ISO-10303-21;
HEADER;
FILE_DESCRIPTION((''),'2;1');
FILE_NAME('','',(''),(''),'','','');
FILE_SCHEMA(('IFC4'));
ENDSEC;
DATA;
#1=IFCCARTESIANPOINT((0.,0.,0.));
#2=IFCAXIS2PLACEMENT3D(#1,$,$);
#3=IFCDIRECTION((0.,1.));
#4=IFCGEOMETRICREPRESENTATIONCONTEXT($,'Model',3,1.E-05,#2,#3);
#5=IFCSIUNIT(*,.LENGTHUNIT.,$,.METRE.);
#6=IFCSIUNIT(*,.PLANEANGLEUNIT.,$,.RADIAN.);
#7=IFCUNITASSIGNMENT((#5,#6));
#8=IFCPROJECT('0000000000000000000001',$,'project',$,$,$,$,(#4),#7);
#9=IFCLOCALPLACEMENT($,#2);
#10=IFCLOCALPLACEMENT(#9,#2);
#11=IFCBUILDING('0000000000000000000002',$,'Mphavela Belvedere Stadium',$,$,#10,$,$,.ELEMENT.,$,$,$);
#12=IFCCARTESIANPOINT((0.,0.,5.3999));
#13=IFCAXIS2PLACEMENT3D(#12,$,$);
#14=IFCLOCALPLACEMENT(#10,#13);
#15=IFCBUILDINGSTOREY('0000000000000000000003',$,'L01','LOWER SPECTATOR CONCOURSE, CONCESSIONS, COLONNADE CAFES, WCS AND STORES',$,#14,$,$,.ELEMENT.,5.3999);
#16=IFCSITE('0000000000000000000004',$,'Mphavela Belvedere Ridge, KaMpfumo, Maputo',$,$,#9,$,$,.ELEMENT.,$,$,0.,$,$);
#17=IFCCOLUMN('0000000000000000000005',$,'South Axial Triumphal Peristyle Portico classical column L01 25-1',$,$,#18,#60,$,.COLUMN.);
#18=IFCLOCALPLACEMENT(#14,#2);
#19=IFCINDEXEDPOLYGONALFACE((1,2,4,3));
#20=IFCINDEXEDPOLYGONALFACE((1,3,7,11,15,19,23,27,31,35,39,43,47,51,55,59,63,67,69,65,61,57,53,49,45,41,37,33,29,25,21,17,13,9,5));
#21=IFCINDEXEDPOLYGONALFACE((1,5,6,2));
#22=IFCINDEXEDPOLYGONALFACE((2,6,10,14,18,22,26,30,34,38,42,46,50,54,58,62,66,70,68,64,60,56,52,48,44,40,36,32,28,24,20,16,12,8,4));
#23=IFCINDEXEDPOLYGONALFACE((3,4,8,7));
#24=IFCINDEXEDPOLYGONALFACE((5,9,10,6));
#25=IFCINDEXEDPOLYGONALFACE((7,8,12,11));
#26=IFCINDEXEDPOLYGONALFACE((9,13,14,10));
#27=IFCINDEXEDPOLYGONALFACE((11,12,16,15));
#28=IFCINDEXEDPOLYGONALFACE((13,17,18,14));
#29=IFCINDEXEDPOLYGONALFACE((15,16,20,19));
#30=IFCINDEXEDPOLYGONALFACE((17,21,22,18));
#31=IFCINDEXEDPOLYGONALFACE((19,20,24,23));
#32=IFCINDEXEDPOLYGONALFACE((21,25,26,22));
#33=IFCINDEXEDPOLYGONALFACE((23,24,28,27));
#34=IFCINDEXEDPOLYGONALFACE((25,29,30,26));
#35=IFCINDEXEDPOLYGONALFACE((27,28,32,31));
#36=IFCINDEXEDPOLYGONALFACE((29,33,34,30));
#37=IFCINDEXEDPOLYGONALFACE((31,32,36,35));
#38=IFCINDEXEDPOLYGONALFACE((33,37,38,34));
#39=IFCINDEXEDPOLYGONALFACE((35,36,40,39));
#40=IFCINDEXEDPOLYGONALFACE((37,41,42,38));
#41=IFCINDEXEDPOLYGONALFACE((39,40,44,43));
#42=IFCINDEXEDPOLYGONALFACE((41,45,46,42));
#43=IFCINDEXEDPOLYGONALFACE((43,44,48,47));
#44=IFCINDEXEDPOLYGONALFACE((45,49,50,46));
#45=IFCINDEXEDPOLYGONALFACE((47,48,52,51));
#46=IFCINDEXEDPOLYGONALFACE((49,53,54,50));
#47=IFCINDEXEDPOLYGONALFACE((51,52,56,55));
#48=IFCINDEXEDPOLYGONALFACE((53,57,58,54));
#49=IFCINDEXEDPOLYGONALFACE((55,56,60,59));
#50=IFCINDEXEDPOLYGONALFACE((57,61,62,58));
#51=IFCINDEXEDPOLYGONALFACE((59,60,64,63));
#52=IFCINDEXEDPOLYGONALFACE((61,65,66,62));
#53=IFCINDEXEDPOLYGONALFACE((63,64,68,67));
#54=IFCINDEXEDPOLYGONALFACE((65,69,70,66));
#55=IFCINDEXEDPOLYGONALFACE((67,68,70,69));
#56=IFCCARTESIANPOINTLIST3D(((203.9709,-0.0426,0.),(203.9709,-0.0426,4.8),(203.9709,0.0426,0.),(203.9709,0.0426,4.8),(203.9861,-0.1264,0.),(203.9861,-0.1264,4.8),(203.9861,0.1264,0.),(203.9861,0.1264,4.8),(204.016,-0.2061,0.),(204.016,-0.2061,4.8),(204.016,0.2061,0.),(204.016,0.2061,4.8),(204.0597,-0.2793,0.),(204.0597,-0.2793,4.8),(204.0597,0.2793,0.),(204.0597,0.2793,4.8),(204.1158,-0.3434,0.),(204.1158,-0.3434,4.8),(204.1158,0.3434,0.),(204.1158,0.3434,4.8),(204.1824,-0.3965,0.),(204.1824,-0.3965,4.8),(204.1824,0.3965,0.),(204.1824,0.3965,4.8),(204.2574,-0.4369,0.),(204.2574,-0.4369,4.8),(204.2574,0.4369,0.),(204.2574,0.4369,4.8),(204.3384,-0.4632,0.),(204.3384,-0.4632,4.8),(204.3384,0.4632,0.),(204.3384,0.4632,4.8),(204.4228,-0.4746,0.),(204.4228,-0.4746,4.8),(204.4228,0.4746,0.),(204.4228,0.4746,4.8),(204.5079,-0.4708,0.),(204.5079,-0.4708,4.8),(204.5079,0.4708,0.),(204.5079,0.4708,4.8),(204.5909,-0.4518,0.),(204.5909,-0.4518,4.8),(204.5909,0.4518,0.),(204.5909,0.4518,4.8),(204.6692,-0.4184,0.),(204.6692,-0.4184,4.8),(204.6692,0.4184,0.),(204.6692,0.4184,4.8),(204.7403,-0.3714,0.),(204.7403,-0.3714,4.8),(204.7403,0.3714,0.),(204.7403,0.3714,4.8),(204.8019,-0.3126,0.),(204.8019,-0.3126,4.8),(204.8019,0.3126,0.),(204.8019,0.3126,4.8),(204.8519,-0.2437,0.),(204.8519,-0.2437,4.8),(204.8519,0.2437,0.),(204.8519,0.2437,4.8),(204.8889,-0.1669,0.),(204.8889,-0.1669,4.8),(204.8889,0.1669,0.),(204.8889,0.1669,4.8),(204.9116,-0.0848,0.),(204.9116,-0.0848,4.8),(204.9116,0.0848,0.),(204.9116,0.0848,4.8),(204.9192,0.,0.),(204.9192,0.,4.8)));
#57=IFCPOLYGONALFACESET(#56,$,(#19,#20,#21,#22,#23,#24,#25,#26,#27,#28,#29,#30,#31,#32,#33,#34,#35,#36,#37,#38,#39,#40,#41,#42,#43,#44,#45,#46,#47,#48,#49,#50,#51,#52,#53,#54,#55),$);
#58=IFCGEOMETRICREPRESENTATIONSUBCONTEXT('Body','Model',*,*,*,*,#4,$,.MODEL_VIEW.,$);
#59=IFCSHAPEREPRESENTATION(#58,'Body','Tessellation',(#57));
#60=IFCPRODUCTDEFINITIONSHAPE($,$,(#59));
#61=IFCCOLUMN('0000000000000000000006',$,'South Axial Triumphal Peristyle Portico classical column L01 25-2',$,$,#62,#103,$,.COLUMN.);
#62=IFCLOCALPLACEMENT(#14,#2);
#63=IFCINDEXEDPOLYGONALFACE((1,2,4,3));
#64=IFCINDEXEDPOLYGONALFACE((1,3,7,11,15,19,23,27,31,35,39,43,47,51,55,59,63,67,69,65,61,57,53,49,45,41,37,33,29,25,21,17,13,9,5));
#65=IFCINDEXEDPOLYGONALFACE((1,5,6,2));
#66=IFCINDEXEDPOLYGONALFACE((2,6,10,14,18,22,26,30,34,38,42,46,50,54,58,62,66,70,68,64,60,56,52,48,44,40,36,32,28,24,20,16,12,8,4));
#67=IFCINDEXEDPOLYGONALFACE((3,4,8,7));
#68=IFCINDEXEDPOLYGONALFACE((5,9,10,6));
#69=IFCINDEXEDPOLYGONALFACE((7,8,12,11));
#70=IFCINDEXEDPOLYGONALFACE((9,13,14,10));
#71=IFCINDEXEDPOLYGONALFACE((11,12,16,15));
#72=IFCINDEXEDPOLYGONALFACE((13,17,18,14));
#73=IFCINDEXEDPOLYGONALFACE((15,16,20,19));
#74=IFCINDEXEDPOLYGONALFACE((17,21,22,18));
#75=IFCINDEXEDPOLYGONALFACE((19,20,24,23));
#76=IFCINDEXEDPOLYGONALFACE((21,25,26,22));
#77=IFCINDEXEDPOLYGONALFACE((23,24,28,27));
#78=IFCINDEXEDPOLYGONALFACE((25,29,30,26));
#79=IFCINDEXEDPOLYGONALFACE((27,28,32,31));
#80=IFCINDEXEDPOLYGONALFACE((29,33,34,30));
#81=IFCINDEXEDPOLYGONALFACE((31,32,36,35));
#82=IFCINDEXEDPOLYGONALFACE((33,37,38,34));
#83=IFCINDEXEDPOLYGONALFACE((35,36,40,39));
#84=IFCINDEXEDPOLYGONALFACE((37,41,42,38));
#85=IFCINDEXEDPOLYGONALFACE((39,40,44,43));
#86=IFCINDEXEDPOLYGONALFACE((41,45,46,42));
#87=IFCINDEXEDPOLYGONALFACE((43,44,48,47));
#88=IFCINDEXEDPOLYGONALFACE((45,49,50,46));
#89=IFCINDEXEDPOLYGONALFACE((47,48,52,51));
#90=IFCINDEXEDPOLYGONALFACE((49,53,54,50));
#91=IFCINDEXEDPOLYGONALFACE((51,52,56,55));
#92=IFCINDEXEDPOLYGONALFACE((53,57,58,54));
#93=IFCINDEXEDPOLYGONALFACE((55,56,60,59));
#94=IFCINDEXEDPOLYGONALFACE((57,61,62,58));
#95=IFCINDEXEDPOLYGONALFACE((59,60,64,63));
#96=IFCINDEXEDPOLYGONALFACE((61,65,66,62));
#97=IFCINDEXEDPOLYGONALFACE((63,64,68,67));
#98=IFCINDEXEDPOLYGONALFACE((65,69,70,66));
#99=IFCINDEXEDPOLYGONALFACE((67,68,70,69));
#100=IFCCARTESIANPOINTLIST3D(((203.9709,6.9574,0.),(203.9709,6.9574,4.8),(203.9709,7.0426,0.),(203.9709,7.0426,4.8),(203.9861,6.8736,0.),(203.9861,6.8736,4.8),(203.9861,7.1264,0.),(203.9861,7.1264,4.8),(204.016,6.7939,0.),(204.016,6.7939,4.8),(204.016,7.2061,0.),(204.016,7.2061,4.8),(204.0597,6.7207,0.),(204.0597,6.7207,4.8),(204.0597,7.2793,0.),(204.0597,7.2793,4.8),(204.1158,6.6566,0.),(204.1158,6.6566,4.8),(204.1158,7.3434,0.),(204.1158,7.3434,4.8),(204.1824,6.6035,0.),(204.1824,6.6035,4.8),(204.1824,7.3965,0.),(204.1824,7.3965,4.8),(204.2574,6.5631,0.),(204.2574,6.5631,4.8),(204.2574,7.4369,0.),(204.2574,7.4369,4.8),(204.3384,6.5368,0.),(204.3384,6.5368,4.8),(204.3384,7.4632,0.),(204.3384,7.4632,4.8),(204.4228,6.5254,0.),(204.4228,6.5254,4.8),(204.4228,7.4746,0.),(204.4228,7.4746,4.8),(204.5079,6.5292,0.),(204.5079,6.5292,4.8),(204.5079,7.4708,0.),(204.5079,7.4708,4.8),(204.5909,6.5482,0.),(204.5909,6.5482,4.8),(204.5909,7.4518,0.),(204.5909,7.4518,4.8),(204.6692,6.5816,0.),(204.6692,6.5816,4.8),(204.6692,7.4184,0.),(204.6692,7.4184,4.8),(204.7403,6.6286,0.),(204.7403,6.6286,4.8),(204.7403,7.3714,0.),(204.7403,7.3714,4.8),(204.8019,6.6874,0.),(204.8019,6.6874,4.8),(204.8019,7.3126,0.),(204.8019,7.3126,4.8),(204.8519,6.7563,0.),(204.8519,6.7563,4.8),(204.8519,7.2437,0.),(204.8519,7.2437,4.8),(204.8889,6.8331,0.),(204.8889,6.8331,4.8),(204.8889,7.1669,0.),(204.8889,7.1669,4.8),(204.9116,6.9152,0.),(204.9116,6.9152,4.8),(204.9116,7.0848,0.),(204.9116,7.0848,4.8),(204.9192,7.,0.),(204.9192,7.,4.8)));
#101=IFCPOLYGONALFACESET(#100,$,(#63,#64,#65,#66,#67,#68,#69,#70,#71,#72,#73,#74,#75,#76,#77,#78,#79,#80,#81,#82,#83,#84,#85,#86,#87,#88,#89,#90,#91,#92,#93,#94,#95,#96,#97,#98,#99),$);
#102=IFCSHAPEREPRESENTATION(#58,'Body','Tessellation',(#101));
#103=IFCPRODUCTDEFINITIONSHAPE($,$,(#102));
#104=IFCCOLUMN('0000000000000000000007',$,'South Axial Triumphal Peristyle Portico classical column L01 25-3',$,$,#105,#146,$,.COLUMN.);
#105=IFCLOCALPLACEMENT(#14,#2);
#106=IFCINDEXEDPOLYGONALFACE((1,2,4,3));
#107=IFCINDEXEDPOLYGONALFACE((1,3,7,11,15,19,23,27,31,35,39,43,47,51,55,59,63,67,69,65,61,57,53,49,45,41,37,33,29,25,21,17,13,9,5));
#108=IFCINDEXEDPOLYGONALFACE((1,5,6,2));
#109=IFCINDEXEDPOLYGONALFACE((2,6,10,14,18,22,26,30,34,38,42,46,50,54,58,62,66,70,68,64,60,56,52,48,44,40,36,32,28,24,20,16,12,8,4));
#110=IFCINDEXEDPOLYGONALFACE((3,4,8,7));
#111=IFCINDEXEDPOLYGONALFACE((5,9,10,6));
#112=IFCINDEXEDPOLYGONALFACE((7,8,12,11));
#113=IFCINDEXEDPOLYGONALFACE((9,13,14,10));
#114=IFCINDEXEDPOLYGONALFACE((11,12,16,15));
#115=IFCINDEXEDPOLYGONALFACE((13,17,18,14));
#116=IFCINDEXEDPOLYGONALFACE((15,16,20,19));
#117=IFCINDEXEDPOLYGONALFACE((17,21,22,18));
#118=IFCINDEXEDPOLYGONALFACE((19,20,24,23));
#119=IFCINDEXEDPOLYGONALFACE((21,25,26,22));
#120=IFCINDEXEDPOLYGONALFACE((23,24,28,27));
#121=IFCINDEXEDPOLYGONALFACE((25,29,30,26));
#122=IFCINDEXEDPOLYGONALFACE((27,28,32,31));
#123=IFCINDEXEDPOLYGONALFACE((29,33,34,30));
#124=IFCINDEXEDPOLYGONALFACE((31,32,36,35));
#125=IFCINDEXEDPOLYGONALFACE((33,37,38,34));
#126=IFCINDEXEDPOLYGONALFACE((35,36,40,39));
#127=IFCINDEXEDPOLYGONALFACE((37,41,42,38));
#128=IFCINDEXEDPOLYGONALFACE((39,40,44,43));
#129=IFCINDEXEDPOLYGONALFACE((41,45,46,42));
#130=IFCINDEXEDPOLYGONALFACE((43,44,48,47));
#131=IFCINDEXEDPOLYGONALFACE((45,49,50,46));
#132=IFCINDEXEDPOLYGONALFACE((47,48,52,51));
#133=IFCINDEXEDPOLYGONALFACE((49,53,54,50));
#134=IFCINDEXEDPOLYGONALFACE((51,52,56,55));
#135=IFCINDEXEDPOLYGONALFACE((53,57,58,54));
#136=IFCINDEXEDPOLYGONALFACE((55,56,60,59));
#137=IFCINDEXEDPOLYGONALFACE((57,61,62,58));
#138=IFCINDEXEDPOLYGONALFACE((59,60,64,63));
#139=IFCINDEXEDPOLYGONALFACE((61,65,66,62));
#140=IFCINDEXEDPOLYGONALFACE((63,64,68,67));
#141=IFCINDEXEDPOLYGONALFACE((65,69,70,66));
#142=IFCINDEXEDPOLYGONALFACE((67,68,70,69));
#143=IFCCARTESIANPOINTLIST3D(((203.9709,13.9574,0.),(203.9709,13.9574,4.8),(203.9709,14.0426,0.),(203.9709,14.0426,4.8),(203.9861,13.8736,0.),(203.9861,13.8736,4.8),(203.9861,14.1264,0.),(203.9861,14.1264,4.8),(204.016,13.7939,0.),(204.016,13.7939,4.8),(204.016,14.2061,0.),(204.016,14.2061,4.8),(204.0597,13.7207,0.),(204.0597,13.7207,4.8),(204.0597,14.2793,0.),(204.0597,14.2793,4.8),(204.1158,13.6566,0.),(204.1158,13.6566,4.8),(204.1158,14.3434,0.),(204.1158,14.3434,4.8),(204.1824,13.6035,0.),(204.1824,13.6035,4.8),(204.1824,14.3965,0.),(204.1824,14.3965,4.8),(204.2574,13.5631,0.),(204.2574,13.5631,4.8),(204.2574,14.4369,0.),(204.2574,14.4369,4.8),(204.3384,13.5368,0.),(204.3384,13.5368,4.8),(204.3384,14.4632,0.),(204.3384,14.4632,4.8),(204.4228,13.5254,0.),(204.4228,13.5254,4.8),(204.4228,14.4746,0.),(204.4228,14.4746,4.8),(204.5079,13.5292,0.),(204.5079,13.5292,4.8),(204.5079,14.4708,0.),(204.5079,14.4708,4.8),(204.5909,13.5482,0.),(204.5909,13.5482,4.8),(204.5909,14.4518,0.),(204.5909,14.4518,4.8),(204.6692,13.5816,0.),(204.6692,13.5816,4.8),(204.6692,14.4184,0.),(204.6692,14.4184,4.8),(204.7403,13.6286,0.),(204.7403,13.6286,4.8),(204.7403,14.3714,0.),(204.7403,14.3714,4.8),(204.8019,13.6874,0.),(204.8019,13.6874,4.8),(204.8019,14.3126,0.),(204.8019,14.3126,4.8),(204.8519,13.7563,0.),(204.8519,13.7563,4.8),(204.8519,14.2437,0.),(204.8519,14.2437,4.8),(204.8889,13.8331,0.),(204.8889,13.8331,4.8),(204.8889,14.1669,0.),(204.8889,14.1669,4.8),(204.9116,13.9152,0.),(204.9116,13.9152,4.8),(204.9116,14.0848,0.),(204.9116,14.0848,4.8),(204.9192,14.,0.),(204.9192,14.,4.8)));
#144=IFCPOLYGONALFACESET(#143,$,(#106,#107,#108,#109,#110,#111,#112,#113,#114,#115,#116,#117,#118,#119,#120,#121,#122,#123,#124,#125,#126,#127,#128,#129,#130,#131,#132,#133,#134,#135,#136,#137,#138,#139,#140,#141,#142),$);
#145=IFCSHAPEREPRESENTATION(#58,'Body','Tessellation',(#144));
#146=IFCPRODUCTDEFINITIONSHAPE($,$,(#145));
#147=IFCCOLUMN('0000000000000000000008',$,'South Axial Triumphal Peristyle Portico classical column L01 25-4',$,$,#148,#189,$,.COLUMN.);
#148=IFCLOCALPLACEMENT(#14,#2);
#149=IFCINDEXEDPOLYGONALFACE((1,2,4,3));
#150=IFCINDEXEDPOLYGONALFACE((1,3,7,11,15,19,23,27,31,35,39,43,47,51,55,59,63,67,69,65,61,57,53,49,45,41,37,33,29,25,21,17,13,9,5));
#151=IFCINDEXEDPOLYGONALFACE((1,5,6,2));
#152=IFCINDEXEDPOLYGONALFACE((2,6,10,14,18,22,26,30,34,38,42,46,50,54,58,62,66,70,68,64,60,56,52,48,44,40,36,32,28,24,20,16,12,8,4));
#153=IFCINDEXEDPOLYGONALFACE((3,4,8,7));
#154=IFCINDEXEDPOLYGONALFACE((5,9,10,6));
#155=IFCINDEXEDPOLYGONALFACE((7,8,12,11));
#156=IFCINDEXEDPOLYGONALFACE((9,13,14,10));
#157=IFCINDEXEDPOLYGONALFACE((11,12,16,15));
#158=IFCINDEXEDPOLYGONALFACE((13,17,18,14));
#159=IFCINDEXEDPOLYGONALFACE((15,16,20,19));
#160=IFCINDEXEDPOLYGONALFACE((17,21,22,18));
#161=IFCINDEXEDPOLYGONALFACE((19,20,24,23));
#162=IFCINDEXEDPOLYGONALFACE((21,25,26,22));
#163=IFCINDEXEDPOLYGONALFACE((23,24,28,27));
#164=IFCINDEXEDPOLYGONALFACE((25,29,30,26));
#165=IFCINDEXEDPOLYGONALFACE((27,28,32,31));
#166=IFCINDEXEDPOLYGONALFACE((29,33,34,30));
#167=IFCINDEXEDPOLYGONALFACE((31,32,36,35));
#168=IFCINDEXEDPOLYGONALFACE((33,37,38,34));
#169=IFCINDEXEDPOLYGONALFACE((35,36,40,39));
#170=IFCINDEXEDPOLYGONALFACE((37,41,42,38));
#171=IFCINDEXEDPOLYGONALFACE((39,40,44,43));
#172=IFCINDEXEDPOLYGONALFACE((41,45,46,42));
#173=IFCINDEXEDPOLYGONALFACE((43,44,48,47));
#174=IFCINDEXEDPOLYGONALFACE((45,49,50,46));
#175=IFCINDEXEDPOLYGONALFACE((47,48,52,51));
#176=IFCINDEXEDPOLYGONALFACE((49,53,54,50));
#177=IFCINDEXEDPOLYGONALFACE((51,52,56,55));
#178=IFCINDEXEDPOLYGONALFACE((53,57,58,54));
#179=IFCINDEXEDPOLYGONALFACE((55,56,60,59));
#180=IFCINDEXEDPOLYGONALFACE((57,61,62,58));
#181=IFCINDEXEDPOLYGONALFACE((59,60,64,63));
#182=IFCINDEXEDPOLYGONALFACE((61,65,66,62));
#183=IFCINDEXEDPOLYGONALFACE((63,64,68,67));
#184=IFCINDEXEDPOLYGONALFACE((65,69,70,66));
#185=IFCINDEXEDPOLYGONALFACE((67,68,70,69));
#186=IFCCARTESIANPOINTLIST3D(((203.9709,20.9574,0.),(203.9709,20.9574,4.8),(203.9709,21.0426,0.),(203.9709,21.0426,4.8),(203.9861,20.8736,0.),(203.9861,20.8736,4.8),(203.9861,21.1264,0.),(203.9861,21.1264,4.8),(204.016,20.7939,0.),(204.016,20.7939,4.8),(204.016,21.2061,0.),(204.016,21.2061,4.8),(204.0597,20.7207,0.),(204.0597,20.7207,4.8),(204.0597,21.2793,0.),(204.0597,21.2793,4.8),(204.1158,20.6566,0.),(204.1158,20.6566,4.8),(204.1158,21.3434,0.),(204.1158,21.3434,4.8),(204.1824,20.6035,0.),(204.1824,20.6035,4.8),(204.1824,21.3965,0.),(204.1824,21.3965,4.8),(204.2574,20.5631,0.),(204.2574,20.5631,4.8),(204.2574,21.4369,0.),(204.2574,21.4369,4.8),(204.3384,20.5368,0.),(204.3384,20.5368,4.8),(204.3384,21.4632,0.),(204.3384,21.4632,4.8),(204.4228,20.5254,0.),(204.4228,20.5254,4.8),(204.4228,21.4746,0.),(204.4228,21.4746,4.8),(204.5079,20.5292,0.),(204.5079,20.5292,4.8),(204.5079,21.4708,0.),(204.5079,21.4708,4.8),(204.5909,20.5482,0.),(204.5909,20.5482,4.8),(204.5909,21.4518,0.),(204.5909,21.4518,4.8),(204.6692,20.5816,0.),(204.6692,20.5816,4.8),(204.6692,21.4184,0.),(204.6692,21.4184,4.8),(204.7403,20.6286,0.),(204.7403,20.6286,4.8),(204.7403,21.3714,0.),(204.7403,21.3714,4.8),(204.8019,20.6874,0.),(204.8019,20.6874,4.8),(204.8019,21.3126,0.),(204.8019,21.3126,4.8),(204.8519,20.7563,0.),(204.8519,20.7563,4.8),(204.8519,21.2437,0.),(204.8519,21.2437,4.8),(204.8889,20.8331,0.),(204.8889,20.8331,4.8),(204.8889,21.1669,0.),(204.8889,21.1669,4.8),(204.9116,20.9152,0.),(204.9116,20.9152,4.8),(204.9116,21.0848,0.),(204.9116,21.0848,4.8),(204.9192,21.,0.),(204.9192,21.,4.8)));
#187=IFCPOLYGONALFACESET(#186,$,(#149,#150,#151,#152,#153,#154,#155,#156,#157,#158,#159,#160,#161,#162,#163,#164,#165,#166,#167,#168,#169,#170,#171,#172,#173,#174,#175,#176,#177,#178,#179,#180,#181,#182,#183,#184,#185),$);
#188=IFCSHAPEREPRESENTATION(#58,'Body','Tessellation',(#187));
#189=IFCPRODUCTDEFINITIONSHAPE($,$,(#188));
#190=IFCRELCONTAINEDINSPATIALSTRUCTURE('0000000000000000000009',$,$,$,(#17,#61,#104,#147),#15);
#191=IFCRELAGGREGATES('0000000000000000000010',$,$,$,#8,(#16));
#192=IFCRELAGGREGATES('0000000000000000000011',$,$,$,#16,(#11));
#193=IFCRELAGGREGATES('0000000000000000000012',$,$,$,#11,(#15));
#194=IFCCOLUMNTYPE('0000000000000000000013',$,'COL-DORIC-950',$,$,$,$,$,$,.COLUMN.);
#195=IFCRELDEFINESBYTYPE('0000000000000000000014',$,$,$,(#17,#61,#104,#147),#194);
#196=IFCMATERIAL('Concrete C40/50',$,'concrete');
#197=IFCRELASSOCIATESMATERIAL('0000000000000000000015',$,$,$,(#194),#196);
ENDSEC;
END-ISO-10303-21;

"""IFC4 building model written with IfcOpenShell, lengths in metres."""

from ifc_helpers import new_model, si_unit, direction, frame, origin, origin_2d, place, context, subcontext, project, spatial, circle, extrude, material, material_profile, profile_set, type_object, element, save


model = new_model("IFC4")

# Units and contexts
model_context = context("Model", 3, precision=1e-05, world=origin(), true_north=direction((0.0, 1.0)))
body_context = subcontext(model_context, "Body", "Model", "MODEL_VIEW")
ifc_project = project(units=[si_unit("LENGTHUNIT", "METRE"), si_unit("PLANEANGLEUNIT", "RADIAN")], contexts=[model_context])

# Site, building, storey
site_placement = place(None, origin())
site = spatial("IfcSite", under=ifc_project, at=site_placement, Name="Mphavela Belvedere Ridge, KaMpfumo, Maputo", CompositionType="ELEMENT", RefElevation=0.0)
building_placement = place(site_placement, origin())
building = spatial("IfcBuilding", under=site, at=building_placement, Name="Mphavela Belvedere Stadium", CompositionType="ELEMENT")
storey_placement = place(building_placement, frame((0.0, 0.0, 5.3999)))
storey = spatial("IfcBuildingStorey", under=building, at=storey_placement, Name="L01", Description="LOWER SPECTATOR CONCOURSE, CONCESSIONS, COLONNADE CAFES, WCS AND STORES", CompositionType="ELEMENT", Elevation=5.3999)

# Columns
ifc_material_1 = material(Name="Concrete C40/50", Category="concrete")
ifc_material_profile_1 = material_profile(ifc_material_1, circle(Radius=0.4751, at=origin_2d()), Name="COL D950")
ifc_profile_set_1 = profile_set([ifc_material_profile_1], Name="Concrete C40/50")
column_type = type_object("IfcColumnType", Name="COL-DORIC-950", PredefinedType="COLUMN", material=ifc_profile_set_1)
for number, where, z_axis, x_axis, name in (
    (1, (204.4441, 0.0, 0.0), (0.0, 0.0, 1.0), (1.0, 0.0, 0.0), "South Axial Triumphal Peristyle Portico classical column L01 25-1"),
    (2, (204.4441, 7.0, 0.0), (0.0, 0.0, 1.0), (1.0, 0.0, 0.0), "South Axial Triumphal Peristyle Portico classical column L01 25-2"),
    (3, (204.4441, 14.0, 0.0), (0.0, 0.0, 1.0), (1.0, 0.0, 0.0), "South Axial Triumphal Peristyle Portico classical column L01 25-3"),
    (4, (204.4441, 21.0, 0.0), (0.0, 0.0, 1.0), (1.0, 0.0, 0.0), "South Axial Triumphal Peristyle Portico classical column L01 25-4"),
):
    element("IfcColumn", number, at=place(storey_placement, frame(where, z_axis=z_axis, x_axis=x_axis)), inside=storey, type_object=column_type, Name=name, PredefinedType="COLUMN", context=body_context, shape_type="SweptSolid", body=[
        extrude(circle(Radius=0.4751, at=origin_2d()), origin(), (0.0, 0.0, 1.0), 4.8),
    ])

save(model, "model.ifc")
